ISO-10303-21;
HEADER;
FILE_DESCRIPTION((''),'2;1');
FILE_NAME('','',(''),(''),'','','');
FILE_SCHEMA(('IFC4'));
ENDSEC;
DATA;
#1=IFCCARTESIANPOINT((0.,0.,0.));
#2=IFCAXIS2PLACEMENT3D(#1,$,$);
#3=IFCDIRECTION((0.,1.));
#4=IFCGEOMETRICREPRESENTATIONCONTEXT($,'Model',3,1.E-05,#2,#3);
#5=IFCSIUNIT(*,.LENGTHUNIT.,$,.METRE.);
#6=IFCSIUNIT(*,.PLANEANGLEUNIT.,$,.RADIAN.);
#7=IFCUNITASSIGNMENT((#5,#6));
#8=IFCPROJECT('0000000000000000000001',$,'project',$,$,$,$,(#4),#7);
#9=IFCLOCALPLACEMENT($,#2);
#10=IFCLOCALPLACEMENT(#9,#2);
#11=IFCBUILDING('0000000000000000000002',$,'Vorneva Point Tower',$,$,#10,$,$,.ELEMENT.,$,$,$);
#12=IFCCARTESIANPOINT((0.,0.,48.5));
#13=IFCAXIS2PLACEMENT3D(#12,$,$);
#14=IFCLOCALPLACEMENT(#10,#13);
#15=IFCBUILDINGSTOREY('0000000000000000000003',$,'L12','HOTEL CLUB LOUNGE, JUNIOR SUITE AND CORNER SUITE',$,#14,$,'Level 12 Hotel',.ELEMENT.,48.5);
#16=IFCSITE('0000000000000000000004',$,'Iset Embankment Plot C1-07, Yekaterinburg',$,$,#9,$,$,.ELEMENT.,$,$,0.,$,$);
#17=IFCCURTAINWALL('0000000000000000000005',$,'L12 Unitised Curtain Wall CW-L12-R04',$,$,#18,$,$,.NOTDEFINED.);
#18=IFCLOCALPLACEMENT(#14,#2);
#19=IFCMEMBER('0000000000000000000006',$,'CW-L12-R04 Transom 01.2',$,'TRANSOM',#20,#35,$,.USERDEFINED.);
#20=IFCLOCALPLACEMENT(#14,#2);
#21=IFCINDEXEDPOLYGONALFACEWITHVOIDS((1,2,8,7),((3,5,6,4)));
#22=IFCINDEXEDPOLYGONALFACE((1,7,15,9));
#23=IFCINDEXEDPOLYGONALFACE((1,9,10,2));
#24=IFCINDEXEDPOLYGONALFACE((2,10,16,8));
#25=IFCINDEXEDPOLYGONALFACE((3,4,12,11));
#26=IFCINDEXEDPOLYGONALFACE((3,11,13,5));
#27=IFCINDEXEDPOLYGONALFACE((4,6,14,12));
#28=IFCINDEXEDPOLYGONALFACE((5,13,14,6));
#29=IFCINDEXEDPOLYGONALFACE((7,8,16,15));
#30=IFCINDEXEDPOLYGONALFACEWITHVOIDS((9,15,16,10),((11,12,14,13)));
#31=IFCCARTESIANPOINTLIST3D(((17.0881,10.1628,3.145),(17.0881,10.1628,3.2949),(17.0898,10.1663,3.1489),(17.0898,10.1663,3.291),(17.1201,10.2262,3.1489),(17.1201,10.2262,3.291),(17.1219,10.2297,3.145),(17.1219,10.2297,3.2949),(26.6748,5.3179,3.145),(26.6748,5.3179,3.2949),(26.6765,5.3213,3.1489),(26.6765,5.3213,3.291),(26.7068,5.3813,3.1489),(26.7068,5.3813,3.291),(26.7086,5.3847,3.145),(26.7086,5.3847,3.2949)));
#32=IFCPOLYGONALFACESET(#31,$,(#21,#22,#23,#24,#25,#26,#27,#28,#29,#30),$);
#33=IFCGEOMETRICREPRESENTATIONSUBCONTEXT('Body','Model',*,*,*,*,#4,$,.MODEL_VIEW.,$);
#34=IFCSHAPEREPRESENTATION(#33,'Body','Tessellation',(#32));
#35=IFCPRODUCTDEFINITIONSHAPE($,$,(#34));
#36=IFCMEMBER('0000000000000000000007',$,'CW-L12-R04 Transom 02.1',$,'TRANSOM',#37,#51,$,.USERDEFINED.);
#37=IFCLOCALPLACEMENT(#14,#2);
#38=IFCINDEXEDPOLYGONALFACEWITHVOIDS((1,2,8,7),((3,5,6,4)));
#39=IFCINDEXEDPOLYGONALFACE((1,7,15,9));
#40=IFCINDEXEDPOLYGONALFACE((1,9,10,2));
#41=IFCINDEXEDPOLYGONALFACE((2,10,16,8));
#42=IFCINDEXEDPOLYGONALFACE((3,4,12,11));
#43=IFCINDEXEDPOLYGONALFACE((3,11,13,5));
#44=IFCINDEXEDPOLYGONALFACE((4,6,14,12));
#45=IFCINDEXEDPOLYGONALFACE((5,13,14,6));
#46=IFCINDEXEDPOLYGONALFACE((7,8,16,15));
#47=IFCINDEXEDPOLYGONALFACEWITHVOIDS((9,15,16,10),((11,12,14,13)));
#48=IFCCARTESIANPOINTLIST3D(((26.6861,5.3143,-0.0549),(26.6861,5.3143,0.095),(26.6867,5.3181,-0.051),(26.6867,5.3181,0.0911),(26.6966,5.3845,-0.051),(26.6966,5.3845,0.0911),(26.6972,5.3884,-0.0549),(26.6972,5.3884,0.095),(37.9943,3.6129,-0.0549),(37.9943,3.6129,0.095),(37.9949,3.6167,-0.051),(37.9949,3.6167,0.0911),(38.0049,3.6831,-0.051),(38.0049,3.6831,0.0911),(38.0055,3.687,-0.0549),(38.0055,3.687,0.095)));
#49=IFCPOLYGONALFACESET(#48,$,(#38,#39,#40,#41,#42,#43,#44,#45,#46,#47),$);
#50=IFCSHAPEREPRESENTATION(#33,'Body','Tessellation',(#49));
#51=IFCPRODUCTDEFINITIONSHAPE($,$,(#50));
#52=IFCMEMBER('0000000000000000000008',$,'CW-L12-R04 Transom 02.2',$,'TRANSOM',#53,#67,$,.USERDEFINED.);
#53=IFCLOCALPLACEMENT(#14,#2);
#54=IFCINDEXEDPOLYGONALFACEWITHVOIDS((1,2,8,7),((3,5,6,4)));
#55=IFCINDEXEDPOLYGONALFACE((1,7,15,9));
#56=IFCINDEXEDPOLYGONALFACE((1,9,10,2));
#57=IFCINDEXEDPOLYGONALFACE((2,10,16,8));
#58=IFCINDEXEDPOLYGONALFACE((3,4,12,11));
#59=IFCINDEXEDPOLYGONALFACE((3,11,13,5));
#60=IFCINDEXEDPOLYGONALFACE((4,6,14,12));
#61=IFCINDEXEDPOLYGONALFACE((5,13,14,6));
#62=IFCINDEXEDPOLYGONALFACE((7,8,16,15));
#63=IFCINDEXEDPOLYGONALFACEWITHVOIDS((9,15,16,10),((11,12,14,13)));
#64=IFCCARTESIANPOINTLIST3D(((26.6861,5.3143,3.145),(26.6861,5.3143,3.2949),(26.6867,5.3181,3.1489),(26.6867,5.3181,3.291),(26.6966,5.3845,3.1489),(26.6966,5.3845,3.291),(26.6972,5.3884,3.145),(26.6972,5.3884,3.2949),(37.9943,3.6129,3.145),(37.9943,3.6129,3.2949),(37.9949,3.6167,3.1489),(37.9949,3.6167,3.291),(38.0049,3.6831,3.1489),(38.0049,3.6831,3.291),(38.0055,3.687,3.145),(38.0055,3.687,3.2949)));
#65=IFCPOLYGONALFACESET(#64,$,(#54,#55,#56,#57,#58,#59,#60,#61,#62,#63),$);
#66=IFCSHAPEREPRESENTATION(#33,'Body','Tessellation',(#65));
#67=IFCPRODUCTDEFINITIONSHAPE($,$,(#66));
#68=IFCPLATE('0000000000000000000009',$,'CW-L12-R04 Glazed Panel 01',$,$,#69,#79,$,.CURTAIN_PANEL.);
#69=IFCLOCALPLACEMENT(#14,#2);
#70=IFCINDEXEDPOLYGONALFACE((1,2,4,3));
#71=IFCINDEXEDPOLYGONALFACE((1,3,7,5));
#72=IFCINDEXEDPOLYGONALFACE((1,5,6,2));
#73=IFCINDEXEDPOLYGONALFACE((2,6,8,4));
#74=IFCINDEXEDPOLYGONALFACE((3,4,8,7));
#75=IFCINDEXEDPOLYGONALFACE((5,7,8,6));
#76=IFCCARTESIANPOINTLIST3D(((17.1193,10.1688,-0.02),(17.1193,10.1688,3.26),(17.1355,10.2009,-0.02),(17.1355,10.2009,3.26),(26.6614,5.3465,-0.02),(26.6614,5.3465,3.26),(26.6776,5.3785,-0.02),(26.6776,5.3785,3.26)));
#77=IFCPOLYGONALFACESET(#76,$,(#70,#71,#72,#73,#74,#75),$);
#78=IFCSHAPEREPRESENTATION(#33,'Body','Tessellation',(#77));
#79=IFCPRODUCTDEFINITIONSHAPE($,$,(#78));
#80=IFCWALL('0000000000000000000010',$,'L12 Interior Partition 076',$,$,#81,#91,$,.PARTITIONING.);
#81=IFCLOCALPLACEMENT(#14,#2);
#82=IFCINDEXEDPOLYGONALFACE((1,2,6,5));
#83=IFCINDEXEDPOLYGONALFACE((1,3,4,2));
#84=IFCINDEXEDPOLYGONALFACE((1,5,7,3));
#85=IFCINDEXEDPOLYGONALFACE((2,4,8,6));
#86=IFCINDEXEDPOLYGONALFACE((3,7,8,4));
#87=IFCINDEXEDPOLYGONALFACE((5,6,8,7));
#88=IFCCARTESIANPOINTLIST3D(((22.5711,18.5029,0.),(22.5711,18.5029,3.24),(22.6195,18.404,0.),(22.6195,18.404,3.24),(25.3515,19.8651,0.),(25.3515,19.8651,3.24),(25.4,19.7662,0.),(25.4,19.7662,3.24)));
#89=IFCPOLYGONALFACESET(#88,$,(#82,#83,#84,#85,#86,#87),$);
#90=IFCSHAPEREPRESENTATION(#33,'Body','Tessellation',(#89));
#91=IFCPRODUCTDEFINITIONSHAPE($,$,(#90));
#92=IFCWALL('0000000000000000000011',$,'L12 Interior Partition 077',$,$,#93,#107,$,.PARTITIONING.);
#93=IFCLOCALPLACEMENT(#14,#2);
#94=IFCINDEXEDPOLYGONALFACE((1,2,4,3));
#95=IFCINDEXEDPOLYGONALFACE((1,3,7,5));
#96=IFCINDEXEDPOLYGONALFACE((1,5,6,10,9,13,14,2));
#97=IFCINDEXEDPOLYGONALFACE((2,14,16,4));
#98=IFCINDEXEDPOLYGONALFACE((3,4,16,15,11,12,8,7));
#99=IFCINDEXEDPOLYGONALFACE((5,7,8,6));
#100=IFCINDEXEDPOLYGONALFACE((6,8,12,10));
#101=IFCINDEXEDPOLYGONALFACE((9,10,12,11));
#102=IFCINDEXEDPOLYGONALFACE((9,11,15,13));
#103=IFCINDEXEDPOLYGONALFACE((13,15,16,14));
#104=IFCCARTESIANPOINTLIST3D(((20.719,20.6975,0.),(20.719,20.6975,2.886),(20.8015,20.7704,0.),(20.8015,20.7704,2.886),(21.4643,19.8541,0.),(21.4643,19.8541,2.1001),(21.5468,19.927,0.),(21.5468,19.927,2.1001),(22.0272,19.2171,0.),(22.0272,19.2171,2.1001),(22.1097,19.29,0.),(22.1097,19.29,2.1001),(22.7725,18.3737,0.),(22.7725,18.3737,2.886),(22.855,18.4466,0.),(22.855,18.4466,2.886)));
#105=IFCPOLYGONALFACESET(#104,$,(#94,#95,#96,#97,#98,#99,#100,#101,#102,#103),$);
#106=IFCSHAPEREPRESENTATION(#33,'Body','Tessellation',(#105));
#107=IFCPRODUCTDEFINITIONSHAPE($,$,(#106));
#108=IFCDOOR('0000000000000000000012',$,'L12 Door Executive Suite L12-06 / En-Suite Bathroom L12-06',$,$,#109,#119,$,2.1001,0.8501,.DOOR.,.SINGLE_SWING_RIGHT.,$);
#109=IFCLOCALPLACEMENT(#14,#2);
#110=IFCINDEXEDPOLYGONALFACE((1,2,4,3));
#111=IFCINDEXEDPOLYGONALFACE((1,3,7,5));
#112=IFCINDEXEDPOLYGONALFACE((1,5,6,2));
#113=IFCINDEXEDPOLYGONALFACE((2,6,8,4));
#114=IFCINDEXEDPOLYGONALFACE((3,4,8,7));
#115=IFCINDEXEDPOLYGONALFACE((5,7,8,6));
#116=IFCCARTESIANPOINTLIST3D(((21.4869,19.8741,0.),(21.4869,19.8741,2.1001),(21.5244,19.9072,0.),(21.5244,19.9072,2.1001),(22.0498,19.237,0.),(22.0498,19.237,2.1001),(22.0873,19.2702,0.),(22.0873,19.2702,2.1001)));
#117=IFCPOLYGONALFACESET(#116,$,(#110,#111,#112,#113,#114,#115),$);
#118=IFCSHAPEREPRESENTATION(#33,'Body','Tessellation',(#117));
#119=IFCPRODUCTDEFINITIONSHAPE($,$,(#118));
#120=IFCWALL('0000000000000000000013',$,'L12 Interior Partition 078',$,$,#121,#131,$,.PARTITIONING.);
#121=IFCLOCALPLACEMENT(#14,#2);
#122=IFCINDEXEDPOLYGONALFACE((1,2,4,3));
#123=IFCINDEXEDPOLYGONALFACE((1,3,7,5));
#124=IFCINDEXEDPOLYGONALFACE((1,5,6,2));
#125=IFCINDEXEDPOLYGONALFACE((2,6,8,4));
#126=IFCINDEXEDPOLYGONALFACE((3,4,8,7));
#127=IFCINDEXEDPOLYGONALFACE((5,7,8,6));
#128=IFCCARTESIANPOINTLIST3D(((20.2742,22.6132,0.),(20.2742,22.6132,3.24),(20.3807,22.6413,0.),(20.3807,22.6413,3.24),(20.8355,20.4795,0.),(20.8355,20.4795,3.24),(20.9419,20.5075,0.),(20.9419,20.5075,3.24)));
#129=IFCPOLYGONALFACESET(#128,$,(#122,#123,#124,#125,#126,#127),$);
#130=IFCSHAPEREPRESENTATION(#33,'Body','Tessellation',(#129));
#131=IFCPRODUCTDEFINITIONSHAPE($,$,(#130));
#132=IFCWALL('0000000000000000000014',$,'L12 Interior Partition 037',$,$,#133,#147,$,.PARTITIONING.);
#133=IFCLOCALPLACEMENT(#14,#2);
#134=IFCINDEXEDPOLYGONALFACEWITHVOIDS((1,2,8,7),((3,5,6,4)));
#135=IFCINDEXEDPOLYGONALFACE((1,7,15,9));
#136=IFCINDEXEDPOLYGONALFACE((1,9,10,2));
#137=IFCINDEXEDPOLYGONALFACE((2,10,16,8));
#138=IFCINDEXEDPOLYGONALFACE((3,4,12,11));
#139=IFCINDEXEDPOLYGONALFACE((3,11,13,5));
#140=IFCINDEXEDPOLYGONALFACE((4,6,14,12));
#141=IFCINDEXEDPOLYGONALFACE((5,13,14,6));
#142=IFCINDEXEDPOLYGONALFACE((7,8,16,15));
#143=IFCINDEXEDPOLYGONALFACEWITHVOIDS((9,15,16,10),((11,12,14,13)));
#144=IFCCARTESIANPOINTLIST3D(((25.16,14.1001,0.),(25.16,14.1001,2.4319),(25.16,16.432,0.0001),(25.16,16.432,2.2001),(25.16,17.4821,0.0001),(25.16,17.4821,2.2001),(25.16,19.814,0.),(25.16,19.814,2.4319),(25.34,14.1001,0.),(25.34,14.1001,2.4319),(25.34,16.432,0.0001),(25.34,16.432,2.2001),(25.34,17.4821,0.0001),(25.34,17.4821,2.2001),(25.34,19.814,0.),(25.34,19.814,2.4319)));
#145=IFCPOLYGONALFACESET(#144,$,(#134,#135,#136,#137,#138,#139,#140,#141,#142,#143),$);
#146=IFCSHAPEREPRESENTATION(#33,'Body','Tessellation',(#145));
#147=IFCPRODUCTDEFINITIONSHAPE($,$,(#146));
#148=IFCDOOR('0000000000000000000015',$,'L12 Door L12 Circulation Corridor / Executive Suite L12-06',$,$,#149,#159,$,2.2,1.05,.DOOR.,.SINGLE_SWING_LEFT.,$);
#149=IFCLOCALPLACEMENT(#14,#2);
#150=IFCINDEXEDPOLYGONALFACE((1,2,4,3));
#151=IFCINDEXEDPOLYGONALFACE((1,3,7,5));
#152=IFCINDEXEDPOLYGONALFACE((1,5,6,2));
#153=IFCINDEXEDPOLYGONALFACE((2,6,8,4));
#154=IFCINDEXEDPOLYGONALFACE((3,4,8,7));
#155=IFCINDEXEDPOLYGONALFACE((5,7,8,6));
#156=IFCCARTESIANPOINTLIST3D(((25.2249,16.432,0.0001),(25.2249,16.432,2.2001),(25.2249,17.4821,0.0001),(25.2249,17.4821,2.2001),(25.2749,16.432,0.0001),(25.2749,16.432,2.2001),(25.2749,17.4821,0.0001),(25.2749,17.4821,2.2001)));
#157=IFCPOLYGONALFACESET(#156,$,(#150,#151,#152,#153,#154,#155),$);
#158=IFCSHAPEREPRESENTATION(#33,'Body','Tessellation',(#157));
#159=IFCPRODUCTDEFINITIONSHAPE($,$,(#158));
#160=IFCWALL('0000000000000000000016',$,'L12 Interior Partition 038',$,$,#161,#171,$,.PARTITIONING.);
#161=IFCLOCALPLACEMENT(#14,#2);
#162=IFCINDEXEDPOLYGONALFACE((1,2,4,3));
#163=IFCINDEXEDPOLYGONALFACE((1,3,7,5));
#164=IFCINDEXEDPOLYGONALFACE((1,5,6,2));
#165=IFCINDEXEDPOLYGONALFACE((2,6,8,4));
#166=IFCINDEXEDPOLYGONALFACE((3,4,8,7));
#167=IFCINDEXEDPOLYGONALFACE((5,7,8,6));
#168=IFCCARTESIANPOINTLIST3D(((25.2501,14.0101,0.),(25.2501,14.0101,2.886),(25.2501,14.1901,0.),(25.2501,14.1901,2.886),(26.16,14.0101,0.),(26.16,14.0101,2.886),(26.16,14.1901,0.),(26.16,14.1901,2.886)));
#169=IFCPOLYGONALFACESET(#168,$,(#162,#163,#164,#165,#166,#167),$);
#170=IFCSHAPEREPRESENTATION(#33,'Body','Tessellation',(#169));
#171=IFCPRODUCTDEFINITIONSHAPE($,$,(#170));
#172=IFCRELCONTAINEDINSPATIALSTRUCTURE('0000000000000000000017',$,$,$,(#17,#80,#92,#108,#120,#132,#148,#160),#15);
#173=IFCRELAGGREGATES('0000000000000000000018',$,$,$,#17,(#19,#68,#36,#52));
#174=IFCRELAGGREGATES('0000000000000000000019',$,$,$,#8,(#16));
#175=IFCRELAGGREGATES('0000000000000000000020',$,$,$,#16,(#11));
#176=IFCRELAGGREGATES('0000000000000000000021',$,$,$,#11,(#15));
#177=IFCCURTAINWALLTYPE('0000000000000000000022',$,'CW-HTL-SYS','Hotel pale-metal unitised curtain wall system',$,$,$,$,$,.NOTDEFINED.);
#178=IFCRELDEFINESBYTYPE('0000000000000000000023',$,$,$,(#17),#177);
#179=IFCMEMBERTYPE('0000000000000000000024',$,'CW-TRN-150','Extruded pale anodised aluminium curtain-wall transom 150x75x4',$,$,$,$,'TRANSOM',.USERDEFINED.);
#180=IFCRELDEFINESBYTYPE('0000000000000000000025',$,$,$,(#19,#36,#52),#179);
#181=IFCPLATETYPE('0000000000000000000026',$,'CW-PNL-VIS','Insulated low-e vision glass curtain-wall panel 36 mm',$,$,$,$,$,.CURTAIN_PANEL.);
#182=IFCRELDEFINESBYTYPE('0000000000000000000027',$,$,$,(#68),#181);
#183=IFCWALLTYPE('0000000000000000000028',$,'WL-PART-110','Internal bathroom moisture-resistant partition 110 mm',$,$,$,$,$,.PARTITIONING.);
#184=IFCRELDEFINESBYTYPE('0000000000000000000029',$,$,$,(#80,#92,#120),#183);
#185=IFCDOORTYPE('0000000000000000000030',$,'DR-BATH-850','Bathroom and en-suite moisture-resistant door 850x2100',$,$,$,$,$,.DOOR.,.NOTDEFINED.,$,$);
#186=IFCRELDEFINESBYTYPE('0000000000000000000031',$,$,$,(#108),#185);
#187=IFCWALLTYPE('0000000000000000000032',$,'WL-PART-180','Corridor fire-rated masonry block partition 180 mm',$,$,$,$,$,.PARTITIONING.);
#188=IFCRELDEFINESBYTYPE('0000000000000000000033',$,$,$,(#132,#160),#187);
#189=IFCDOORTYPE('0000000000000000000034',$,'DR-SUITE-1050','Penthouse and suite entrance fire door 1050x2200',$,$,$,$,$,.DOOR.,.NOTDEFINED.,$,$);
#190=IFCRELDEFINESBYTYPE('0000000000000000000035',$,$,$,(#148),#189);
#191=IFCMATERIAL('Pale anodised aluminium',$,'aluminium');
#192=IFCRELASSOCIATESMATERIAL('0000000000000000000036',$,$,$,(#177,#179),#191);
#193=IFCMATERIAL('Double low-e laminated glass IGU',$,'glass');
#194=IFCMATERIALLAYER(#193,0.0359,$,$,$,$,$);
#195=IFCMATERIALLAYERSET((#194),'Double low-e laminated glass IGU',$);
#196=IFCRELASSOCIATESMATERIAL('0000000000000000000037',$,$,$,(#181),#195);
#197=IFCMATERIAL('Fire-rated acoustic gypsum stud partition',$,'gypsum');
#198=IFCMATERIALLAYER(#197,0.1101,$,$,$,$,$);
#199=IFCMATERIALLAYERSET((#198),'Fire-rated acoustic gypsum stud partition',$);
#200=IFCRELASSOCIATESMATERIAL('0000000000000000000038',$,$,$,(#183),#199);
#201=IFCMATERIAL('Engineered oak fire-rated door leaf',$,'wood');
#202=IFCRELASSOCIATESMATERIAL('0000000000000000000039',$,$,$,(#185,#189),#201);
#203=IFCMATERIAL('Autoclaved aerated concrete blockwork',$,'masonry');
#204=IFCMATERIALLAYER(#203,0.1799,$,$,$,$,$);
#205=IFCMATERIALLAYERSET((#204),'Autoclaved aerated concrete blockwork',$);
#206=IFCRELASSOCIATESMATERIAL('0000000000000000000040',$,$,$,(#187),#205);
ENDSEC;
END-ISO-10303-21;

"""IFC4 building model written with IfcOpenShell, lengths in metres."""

from ifc_helpers import new_model, si_unit, direction, frame, frame_2d, origin, origin_2d, place, context, subcontext, project, spatial, rectangle, hollow_rectangle, extrude, material, layer, layer_set, material_profile, profile_set, type_object, element, fill, aggregate, save


model = new_model("IFC4")

# Units and contexts
model_context = context("Model", 3, precision=1e-05, world=origin(), true_north=direction((0.0, 1.0)))
body_context = subcontext(model_context, "Body", "Model", "MODEL_VIEW")
ifc_project = project(units=[si_unit("LENGTHUNIT", "METRE"), si_unit("PLANEANGLEUNIT", "RADIAN")], contexts=[model_context])

# Site, building, storey
site_placement = place(None, origin())
site = spatial("IfcSite", under=ifc_project, at=site_placement, Name="Iset Embankment Plot C1-07, Yekaterinburg", CompositionType="ELEMENT", RefElevation=0.0)
building_placement = place(site_placement, origin())
building = spatial("IfcBuilding", under=site, at=building_placement, Name="Vorneva Point Tower", CompositionType="ELEMENT")
storey_placement = place(building_placement, frame((0.0, 0.0, 48.5)))
storey = spatial("IfcBuildingStorey", under=building, at=storey_placement, Name="L12", Description="HOTEL CLUB LOUNGE, JUNIOR SUITE AND CORNER SUITE", LongName="Level 12 Hotel", CompositionType="ELEMENT", Elevation=48.5)

# Curtain wall, members, plate
ifc_material_1 = material(Name="Pale anodised aluminium", Category="aluminium")
curtain_wall_type = type_object("IfcCurtainWallType", Name="CW-HTL-SYS", Description="Hotel pale-metal unitised curtain wall system", PredefinedType="NOTDEFINED", material=ifc_material_1)
curtain_wall_placement = place(storey_placement, origin())
curtain_wall = element("IfcCurtainWall", 1, at=curtain_wall_placement, inside=storey, type_object=curtain_wall_type, Name="L12 Unitised Curtain Wall CW-L12-R04", PredefinedType="NOTDEFINED")
ifc_material_profile_1 = material_profile(ifc_material_1, hollow_rectangle(XDim=0.075, YDim=0.1499, WallThickness=0.0039, at=origin_2d()), Name="AL-TRN 150x75x4")
ifc_profile_set_1 = profile_set([ifc_material_profile_1], Name="Pale anodised aluminium")
member_type_1 = type_object("IfcMemberType", Name="CW-TRN-150", Description="Extruded pale anodised aluminium curtain-wall transom 150x75x4", ElementType="TRANSOM", PredefinedType="USERDEFINED", material=ifc_profile_set_1)
member_1_placement = place(storey_placement, frame((17.105, 10.1963, 3.22), z_axis=(0.892496, -0.451055, 0.0), x_axis=(0.451055, 0.892496, 0.0)))
member_1 = element("IfcMember", 2, at=member_1_placement, type_object=member_type_1, Name="CW-L12-R04 Transom 01.2", ObjectType="TRANSOM", PredefinedType="USERDEFINED", context=body_context, shape_type="SweptSolid", body=[
    extrude(hollow_rectangle(XDim=0.075, YDim=0.1499, WallThickness=0.0039, at=origin_2d()), origin(), (0.0, 0.0, 1.0), 10.7415),
])
member_2_placement = place(storey_placement, frame((26.6917, 5.3513, 0.02), z_axis=(0.98887, -0.148782, 0.0), x_axis=(0.148782, 0.98887, 0.0)))
member_2 = element("IfcMember", 3, at=member_2_placement, type_object=member_type_1, Name="CW-L12-R04 Transom 02.1", ObjectType="TRANSOM", PredefinedType="USERDEFINED", context=body_context, shape_type="SweptSolid", body=[
    extrude(hollow_rectangle(XDim=0.075, YDim=0.1499, WallThickness=0.0039, at=origin_2d()), origin(), (0.0, 0.0, 1.0), 11.4355),
])
member_3_placement = place(storey_placement, frame((26.6917, 5.3513, 3.22), z_axis=(0.98887, -0.148782, 0.0), x_axis=(0.148782, 0.98887, 0.0)))
member_3 = element("IfcMember", 4, at=member_3_placement, type_object=member_type_1, Name="CW-L12-R04 Transom 02.2", ObjectType="TRANSOM", PredefinedType="USERDEFINED", context=body_context, shape_type="SweptSolid", body=[
    extrude(hollow_rectangle(XDim=0.075, YDim=0.1499, WallThickness=0.0039, at=origin_2d()), origin(), (0.0, 0.0, 1.0), 11.4355),
])
ifc_material_2 = material(Name="Double low-e laminated glass IGU", Category="glass")
ifc_layer_1 = layer(ifc_material_2, 0.0359)
ifc_layer_set_1 = layer_set([ifc_layer_1], Name="Double low-e laminated glass IGU")
plate_type = type_object("IfcPlateType", Name="CW-PNL-VIS", Description="Insulated low-e vision glass curtain-wall panel 36 mm", PredefinedType="CURTAIN_PANEL", material=ifc_layer_set_1)
plate_placement = place(storey_placement, frame((21.8984, 7.7737, -0.02), z_axis=(0.0, 0.0, 1.0), x_axis=(0.892499, -0.451049, 0.0)))
plate = element("IfcPlate", 5, at=plate_placement, type_object=plate_type, Name="CW-L12-R04 Glazed Panel 01", PredefinedType="CURTAIN_PANEL", context=body_context, shape_type="SweptSolid", body=[
    extrude(rectangle(XDim=10.6914, YDim=0.0359, at=origin_2d()), origin(), (0.0, 0.0, 1.0), 3.28),
])
aggregate(curtain_wall, [member_1, plate, member_2, member_3])

# Wall
ifc_material_3 = material(Name="Fire-rated acoustic gypsum stud partition", Category="gypsum")
ifc_layer_2 = layer(ifc_material_3, 0.1101)
ifc_layer_set_2 = layer_set([ifc_layer_2], Name="Fire-rated acoustic gypsum stud partition")
wall_type_1 = type_object("IfcWallType", Name="WL-PART-110", Description="Internal bathroom moisture-resistant partition 110 mm", PredefinedType="PARTITIONING", material=ifc_layer_set_2)
wall_1_placement = place(storey_placement, frame((25.3757, 19.8157, 0.0), z_axis=(0.0, 0.0, 1.0), x_axis=(-0.898009, -0.439976, 0.0)))
element("IfcWall", 6, at=wall_1_placement, inside=storey, type_object=wall_type_1, Name="L12 Interior Partition 076", PredefinedType="PARTITIONING", context=body_context, shape_type="SweptSolid", body=[
    extrude(rectangle(XDim=3.0962, YDim=0.1101, at=frame_2d((1.5481, 0.0))), origin(), (0.0, 0.0, 1.0), 3.24),
])

# Wall, opening, door
wall_2_placement = place(storey_placement, frame((22.8137, 18.4102, 0.0), z_axis=(0.0, 0.0, 1.0), x_axis=(-0.662186, 0.749339, 0.0)))
wall_2 = element("IfcWall", 7, at=wall_2_placement, inside=storey, type_object=wall_type_1, Name="L12 Interior Partition 077", PredefinedType="PARTITIONING", context=body_context, shape_type="SweptSolid", body=[
    extrude(rectangle(XDim=3.1011, YDim=0.1101, at=frame_2d((1.5505, 0.0))), origin(), (0.0, 0.0, 1.0), 2.886),
])
opening_1_placement = place(wall_2_placement, frame((1.1255, 0.0, 0.0)))
opening_1 = element("IfcOpeningElement", 8, at=opening_1_placement, cuts=wall_2, PredefinedType="OPENING", context=body_context, shape_type="SweptSolid", body=[
    extrude(rectangle(XDim=0.8501, YDim=2.1001, at=frame_2d((0.425, 1.05))), frame((0.0, 0.0698, 0.0), z_axis=(0.0, -1.0, 0.0), x_axis=(1.0, 0.0, 0.0)), (0.0, 0.0, 1.0), 0.1399),
])
ifc_material_4 = material(Name="Engineered oak fire-rated door leaf", Category="wood")
door_type_1 = type_object("IfcDoorType", Name="DR-BATH-850", Description="Bathroom and en-suite moisture-resistant door 850x2100", OperationType="NOTDEFINED", PredefinedType="DOOR", material=ifc_material_4)
door_1_placement = place(opening_1_placement, origin())
door_1 = element("IfcDoor", 9, at=door_1_placement, inside=storey, type_object=door_type_1, Name="L12 Door Executive Suite L12-06 / En-Suite Bathroom L12-06", OperationType="SINGLE_SWING_RIGHT", OverallHeight=2.1001, OverallWidth=0.8501, PredefinedType="DOOR", context=body_context, shape_type="SweptSolid", body=[
    extrude(rectangle(XDim=0.8501, YDim=2.1001, at=frame_2d((0.425, 1.05))), frame((0.0, 0.0249, 0.0), z_axis=(0.0, -1.0, 0.0), x_axis=(1.0, 0.0, 0.0)), (0.0, 0.0, 1.0), 0.05),
])
fill(opening_1, door_1)

# Wall
wall_3_placement = place(storey_placement, frame((20.8887, 20.4937, 0.0), z_axis=(0.0, 0.0, 1.0), x_axis=(-0.25439, 0.967102, 0.0)))
element("IfcWall", 10, at=wall_3_placement, inside=storey, type_object=wall_type_1, Name="L12 Interior Partition 078", PredefinedType="PARTITIONING", context=body_context, shape_type="SweptSolid", body=[
    extrude(rectangle(XDim=2.2063, YDim=0.1101, at=frame_2d((1.103, 0.0))), origin(), (0.0, 0.0, 1.0), 3.24),
])

# Wall, opening, door
ifc_material_5 = material(Name="Autoclaved aerated concrete blockwork", Category="masonry")
ifc_layer_3 = layer(ifc_material_5, 0.1799)
ifc_layer_set_3 = layer_set([ifc_layer_3], Name="Autoclaved aerated concrete blockwork")
wall_type_2 = type_object("IfcWallType", Name="WL-PART-180", Description="Corridor fire-rated masonry block partition 180 mm", PredefinedType="PARTITIONING", material=ifc_layer_set_3)
wall_4_placement = place(storey_placement, frame((25.25, 19.814, 0.0), z_axis=(0.0, 0.0, 1.0), x_axis=(0.0, -1.0, 0.0)))
wall_4 = element("IfcWall", 11, at=wall_4_placement, inside=storey, type_object=wall_type_2, Name="L12 Interior Partition 037", PredefinedType="PARTITIONING", context=body_context, shape_type="SweptSolid", body=[
    extrude(rectangle(XDim=5.7139, YDim=0.1799, at=frame_2d((2.8569, 0.0))), origin(), (0.0, 0.0, 1.0), 2.4319),
])
opening_2_placement = place(wall_4_placement, frame((2.332, 0.0, 0.0)))
opening_2 = element("IfcOpeningElement", 12, at=opening_2_placement, cuts=wall_4, PredefinedType="OPENING", context=body_context, shape_type="SweptSolid", body=[
    extrude(rectangle(XDim=1.05, YDim=2.2, at=frame_2d((0.5249, 1.1001))), frame((0.0, 0.105, 0.0), z_axis=(0.0, -1.0, 0.0), x_axis=(1.0, 0.0, 0.0)), (0.0, 0.0, 1.0), 0.2097),
])
door_type_2 = type_object("IfcDoorType", Name="DR-SUITE-1050", Description="Penthouse and suite entrance fire door 1050x2200", OperationType="NOTDEFINED", PredefinedType="DOOR", material=ifc_material_4)
door_2_placement = place(opening_2_placement, origin())
door_2 = element("IfcDoor", 13, at=door_2_placement, inside=storey, type_object=door_type_2, Name="L12 Door L12 Circulation Corridor / Executive Suite L12-06", OperationType="SINGLE_SWING_LEFT", OverallHeight=2.2, OverallWidth=1.05, PredefinedType="DOOR", context=body_context, shape_type="SweptSolid", body=[
    extrude(rectangle(XDim=1.05, YDim=2.2, at=frame_2d((0.5249, 1.1001))), frame((0.0, 0.0249, 0.0), z_axis=(0.0, -1.0, 0.0), x_axis=(1.0, 0.0, 0.0)), (0.0, 0.0, 1.0), 0.05),
])
fill(opening_2, door_2)

# Wall
wall_5_placement = place(storey_placement, frame((25.25, 14.1001, 0.0), z_axis=(0.0, 0.0, 1.0), x_axis=(1.0, 0.0, 0.0)))
element("IfcWall", 14, at=wall_5_placement, inside=storey, type_object=wall_type_2, Name="L12 Interior Partition 038", PredefinedType="PARTITIONING", context=body_context, shape_type="SweptSolid", body=[
    extrude(rectangle(XDim=0.9099, YDim=0.1799, at=frame_2d((0.4551, 0.0))), origin(), (0.0, 0.0, 1.0), 2.886),
])

save(model, "model.ifc")
